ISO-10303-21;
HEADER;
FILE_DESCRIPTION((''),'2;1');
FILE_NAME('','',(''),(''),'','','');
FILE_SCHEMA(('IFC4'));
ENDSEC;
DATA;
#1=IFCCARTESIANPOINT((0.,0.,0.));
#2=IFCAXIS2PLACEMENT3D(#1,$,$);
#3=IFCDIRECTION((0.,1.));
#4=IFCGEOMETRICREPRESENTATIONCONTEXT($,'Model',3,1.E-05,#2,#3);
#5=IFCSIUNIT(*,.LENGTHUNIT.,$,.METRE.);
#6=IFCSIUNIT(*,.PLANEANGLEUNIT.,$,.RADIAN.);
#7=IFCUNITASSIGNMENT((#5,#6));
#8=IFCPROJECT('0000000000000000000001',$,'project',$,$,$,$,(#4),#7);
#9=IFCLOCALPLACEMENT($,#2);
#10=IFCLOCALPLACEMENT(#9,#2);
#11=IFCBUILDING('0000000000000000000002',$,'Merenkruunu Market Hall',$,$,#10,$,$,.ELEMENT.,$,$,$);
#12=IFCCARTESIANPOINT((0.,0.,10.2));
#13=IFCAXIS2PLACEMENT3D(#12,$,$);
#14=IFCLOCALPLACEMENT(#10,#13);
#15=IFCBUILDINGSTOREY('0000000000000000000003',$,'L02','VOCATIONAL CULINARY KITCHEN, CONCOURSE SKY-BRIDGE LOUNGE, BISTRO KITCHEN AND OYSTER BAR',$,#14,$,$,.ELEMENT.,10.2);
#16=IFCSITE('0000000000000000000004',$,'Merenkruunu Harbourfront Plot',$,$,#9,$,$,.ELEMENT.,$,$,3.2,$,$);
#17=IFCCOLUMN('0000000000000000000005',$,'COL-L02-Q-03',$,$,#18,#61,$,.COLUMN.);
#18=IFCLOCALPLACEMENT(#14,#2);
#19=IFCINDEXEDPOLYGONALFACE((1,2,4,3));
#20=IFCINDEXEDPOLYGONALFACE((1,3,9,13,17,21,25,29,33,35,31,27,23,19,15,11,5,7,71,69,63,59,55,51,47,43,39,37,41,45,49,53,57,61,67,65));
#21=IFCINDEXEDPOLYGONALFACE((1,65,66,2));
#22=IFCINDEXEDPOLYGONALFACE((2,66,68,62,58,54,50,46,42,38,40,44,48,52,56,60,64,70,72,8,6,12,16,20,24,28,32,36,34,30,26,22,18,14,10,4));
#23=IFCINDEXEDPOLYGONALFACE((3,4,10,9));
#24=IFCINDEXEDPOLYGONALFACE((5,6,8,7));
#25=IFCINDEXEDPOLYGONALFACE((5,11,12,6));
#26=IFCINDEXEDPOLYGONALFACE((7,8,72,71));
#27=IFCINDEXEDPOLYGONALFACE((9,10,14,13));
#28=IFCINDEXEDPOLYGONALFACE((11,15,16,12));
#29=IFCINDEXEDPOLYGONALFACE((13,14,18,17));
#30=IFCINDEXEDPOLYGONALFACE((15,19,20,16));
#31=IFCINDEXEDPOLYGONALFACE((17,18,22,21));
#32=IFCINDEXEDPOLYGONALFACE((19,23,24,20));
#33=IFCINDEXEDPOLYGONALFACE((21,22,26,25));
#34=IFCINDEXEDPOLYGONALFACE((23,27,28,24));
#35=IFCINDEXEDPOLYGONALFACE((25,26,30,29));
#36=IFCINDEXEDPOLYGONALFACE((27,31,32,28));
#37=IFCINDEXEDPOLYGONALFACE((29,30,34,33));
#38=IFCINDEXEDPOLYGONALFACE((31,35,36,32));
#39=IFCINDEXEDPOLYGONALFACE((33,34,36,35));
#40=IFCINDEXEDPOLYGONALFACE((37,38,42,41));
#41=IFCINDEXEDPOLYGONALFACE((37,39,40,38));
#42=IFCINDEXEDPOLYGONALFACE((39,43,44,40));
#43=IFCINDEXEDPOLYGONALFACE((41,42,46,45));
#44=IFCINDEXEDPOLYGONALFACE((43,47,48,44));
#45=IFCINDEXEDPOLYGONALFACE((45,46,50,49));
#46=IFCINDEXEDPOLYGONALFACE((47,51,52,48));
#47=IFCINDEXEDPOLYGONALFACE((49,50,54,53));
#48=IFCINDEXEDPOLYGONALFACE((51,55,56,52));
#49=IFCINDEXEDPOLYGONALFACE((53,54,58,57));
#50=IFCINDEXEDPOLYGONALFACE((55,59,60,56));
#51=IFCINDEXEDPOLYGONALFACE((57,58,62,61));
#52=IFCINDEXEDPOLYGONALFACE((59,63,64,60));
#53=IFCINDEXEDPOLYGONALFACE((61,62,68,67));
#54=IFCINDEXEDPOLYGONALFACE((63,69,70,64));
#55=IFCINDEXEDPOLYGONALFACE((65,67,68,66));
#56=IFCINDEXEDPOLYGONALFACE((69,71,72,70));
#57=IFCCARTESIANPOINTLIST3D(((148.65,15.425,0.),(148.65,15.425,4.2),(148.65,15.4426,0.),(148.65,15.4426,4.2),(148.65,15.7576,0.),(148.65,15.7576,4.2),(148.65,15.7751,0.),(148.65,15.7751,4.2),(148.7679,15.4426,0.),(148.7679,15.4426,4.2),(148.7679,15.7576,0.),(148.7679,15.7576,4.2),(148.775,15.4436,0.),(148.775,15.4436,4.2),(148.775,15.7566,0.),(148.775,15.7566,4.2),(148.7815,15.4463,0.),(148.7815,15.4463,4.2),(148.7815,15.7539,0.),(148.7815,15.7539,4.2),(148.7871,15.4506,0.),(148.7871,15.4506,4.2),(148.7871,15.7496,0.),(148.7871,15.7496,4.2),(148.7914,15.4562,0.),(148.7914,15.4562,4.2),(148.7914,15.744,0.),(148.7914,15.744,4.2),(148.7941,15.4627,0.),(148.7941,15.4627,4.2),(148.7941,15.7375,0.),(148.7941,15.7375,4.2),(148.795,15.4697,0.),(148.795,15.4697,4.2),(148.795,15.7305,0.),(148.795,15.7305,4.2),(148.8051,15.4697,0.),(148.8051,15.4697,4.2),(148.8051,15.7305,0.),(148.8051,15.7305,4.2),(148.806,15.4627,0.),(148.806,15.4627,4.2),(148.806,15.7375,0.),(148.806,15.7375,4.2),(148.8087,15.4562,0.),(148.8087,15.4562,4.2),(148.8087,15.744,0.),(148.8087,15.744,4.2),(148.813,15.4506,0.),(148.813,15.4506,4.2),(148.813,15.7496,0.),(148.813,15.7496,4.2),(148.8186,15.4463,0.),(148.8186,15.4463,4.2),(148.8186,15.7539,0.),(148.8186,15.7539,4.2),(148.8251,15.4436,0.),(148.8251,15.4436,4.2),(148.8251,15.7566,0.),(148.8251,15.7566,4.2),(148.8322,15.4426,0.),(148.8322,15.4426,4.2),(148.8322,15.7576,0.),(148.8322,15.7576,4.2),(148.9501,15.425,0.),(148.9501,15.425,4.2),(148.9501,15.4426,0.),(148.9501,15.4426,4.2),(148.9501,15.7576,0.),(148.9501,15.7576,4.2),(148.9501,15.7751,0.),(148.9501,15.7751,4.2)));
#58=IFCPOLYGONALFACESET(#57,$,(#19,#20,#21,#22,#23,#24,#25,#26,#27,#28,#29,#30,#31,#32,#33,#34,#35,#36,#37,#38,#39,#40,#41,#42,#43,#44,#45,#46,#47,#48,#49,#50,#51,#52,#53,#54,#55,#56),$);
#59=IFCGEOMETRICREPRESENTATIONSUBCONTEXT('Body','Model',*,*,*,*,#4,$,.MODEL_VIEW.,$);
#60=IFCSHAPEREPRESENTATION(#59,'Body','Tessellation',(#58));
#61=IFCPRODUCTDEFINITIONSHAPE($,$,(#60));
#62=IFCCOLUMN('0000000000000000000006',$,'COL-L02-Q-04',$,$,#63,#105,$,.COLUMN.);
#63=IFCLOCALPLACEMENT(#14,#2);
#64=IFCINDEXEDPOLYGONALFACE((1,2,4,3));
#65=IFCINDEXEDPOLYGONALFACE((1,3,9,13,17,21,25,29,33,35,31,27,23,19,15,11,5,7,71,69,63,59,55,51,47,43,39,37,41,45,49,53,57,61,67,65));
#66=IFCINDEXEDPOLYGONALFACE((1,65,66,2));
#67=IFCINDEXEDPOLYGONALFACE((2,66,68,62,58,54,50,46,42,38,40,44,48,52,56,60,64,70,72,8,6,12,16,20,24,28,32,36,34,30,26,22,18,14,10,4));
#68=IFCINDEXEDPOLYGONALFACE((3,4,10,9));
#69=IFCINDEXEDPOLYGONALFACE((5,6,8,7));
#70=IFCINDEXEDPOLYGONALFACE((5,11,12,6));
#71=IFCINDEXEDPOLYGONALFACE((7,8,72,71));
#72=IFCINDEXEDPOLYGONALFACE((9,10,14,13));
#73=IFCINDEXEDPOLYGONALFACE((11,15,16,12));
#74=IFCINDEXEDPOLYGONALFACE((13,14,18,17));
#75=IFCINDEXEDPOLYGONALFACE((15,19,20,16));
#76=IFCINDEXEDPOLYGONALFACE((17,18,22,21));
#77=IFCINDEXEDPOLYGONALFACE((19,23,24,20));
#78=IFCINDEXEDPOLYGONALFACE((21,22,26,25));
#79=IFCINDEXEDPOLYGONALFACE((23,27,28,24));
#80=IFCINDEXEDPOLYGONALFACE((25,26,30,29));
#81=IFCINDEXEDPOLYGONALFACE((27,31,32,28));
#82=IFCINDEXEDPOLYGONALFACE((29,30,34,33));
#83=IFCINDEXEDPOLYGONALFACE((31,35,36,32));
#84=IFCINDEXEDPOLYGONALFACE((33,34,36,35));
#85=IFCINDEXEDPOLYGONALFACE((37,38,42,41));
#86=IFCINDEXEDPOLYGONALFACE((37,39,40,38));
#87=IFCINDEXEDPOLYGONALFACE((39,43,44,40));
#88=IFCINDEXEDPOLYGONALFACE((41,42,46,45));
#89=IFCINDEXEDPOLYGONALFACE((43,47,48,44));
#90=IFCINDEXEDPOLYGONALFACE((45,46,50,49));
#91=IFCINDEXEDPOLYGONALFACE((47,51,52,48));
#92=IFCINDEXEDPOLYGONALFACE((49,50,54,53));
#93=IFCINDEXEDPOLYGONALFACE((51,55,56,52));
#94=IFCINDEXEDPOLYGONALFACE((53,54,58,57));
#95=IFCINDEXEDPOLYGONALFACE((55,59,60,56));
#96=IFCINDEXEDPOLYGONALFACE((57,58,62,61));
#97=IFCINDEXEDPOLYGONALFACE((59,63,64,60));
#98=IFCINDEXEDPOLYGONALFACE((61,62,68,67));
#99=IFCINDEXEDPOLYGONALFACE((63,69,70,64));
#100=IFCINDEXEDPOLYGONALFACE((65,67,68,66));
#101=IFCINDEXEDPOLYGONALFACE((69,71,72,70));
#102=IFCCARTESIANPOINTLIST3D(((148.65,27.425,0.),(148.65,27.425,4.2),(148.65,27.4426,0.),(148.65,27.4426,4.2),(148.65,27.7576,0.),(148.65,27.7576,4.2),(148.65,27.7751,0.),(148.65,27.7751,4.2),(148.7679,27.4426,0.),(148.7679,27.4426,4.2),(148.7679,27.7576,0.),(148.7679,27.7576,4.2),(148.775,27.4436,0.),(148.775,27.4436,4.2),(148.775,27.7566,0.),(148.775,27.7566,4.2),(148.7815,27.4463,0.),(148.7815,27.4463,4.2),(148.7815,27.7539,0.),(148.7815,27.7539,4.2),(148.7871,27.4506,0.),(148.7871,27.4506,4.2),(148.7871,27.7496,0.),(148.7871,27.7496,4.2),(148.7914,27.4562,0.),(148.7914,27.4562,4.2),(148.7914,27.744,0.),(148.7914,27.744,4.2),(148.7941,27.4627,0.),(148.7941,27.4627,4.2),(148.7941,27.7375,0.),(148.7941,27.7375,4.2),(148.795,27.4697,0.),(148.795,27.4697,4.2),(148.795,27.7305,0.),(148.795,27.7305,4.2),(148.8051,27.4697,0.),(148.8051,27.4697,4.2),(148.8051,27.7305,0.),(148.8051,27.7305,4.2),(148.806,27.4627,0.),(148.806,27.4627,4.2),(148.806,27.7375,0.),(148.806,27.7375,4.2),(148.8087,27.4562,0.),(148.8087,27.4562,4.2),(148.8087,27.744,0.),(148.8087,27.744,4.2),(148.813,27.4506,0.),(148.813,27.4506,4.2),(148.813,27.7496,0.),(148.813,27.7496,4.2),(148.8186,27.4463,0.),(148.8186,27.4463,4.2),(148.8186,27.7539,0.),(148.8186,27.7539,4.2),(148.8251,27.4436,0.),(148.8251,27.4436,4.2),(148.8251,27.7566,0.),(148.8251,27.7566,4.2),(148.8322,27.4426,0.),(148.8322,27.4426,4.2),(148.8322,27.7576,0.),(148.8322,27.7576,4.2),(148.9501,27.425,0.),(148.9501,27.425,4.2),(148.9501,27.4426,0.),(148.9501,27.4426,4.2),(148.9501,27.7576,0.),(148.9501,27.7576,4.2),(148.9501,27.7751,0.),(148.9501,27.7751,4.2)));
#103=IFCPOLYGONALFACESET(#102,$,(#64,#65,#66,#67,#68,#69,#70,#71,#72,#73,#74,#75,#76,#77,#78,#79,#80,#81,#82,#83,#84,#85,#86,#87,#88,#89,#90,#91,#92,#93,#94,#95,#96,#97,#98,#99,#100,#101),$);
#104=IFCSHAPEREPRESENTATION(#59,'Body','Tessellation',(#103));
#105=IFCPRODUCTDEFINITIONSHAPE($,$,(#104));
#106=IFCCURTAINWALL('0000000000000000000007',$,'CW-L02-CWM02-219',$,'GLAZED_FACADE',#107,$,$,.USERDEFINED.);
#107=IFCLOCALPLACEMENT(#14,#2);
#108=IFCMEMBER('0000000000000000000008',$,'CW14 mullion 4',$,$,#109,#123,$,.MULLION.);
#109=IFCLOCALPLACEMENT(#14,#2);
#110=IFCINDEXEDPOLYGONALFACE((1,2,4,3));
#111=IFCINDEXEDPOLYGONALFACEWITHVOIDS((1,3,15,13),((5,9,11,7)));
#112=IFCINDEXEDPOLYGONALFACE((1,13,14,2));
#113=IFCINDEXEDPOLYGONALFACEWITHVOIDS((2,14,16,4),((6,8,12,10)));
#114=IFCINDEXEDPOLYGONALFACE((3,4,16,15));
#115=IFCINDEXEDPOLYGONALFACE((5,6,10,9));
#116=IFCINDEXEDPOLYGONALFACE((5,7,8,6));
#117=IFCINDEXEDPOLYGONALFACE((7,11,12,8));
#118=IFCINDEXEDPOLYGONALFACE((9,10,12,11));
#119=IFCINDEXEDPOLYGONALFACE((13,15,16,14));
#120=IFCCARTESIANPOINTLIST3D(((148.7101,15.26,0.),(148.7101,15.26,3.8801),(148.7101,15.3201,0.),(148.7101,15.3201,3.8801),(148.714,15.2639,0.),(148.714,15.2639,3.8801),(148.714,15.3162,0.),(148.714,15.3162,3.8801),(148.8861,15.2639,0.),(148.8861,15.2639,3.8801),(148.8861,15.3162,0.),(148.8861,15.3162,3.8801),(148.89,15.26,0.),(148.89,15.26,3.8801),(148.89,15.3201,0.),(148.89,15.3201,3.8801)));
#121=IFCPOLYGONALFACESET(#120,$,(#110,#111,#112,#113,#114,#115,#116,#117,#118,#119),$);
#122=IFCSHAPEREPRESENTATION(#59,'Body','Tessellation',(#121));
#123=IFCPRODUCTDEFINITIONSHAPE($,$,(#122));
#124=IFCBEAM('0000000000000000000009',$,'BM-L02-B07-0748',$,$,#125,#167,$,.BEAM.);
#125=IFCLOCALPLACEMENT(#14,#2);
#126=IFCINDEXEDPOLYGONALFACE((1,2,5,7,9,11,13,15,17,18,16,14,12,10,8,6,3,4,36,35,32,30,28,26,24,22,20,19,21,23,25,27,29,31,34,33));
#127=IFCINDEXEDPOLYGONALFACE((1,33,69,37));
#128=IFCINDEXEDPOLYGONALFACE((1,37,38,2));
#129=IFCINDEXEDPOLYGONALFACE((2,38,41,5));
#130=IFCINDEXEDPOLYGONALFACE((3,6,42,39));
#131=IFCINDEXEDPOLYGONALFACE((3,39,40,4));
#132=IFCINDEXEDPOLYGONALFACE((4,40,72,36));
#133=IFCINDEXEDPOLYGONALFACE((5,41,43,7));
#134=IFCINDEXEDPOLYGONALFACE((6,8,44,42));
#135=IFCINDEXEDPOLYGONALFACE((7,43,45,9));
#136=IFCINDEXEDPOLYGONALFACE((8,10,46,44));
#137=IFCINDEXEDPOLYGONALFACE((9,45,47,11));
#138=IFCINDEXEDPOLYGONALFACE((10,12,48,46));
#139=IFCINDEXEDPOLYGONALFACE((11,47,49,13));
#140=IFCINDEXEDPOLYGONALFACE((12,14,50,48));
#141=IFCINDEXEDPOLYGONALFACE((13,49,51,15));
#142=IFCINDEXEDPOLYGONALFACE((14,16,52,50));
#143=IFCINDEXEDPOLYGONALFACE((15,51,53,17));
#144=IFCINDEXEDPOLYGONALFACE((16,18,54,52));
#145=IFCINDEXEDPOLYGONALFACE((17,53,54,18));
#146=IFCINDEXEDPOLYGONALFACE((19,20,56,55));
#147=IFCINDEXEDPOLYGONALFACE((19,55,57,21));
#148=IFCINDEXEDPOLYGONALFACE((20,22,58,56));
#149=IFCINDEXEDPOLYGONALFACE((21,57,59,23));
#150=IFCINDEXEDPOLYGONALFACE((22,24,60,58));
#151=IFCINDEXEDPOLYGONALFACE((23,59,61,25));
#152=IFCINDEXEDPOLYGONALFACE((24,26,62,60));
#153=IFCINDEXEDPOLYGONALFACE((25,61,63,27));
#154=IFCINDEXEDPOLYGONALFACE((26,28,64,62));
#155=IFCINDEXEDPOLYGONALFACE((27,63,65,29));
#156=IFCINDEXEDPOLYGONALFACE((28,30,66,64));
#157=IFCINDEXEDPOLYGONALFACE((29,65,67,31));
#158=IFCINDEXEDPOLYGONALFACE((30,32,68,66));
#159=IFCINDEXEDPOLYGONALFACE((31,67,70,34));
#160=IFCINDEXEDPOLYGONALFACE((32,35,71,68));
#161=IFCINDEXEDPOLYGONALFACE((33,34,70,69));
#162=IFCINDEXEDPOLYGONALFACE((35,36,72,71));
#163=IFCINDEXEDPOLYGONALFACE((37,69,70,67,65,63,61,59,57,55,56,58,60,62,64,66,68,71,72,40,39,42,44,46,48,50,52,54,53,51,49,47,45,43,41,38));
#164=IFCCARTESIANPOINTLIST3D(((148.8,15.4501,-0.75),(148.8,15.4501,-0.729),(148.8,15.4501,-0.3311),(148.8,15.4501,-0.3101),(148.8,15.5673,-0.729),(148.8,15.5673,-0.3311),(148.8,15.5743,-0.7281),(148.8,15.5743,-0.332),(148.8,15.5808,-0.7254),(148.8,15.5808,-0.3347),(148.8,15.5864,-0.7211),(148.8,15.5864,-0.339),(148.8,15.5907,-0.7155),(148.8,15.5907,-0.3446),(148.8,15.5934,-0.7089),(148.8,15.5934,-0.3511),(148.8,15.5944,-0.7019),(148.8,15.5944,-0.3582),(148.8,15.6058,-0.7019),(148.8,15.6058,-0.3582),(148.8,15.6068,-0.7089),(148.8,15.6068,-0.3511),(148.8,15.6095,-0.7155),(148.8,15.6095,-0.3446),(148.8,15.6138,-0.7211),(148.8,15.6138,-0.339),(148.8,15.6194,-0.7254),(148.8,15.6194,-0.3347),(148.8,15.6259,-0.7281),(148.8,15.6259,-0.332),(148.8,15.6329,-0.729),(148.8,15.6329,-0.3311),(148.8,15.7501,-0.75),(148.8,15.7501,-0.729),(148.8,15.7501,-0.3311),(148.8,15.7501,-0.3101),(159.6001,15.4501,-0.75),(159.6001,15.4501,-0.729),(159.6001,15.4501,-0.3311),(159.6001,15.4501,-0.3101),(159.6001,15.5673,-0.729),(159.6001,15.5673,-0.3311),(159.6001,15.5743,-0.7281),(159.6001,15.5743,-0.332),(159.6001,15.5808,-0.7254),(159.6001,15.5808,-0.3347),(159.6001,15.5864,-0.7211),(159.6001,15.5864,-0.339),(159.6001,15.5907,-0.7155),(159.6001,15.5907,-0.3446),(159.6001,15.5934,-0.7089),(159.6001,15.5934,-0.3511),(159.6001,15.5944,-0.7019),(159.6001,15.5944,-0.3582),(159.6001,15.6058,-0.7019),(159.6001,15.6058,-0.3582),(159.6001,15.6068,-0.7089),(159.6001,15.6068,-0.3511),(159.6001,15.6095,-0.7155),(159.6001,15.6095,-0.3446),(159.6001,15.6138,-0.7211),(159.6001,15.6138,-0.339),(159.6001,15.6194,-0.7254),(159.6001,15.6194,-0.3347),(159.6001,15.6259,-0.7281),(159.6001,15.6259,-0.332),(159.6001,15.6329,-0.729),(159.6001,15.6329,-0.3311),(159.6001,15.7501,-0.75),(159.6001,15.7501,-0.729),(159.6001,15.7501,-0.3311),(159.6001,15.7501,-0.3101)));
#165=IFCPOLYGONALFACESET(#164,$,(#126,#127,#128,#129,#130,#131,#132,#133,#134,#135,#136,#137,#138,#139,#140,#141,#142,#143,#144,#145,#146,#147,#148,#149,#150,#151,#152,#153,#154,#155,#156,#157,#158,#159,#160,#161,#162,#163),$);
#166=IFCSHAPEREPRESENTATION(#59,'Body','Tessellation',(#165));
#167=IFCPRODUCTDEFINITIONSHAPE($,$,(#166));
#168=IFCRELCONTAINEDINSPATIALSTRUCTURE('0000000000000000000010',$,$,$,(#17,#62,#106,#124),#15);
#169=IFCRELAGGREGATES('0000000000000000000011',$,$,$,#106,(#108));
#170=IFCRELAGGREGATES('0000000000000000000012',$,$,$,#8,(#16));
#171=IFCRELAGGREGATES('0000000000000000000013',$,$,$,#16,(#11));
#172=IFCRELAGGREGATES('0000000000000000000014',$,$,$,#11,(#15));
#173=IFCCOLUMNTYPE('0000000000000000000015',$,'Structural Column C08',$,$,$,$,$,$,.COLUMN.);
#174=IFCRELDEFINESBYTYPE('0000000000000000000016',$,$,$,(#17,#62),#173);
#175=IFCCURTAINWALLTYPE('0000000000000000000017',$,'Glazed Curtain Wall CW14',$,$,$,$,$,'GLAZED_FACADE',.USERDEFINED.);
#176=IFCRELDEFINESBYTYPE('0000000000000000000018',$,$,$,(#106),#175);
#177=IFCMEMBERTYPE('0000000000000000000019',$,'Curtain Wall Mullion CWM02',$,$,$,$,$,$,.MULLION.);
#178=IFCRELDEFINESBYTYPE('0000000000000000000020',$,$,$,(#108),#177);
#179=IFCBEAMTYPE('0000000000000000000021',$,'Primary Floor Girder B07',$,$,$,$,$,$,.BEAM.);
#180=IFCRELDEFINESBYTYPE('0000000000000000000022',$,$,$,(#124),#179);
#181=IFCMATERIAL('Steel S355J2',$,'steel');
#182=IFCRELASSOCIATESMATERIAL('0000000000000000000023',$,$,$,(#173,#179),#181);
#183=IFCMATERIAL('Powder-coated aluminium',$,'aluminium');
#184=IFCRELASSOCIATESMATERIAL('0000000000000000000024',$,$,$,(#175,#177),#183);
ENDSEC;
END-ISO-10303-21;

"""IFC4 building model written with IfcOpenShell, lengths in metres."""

from ifc_helpers import new_model, si_unit, direction, frame, origin, origin_2d, place, context, subcontext, project, spatial, hollow_rectangle, i_section, extrude, material, material_profile, profile_set, type_object, element, aggregate, save


model = new_model("IFC4")

# Units and contexts
model_context = context("Model", 3, precision=1e-05, world=origin(), true_north=direction((0.0, 1.0)))
body_context = subcontext(model_context, "Body", "Model", "MODEL_VIEW")
ifc_project = project(units=[si_unit("LENGTHUNIT", "METRE"), si_unit("PLANEANGLEUNIT", "RADIAN")], contexts=[model_context])

# Site, building, storey
site_placement = place(None, origin())
site = spatial("IfcSite", under=ifc_project, at=site_placement, Name="Merenkruunu Harbourfront Plot", CompositionType="ELEMENT", RefElevation=3.2)
building_placement = place(site_placement, origin())
building = spatial("IfcBuilding", under=site, at=building_placement, Name="Merenkruunu Market Hall", CompositionType="ELEMENT")
storey_placement = place(building_placement, frame((0.0, 0.0, 10.2)))
storey = spatial("IfcBuildingStorey", under=building, at=storey_placement, Name="L02", Description="VOCATIONAL CULINARY KITCHEN, CONCOURSE SKY-BRIDGE LOUNGE, BISTRO KITCHEN AND OYSTER BAR", CompositionType="ELEMENT", Elevation=10.2)

# Columns
ifc_material_1 = material(Name="Steel S355J2", Category="steel")
ifc_material_profile_1 = material_profile(ifc_material_1, i_section(OverallWidth=0.3, OverallDepth=0.3501, WebThickness=0.01, FlangeThickness=0.0176, FilletRadius=0.0271, at=origin_2d()), Name="HEA 360")
ifc_profile_set_1 = profile_set([ifc_material_profile_1], Name="Steel S355J2")
column_type = type_object("IfcColumnType", Name="Structural Column C08", PredefinedType="COLUMN", material=ifc_profile_set_1)
for number, where, z_axis, x_axis, name in (
    (1, (148.8, 15.6001, 0.0), (0.0, 0.0, 1.0), (1.0, 0.0, 0.0), "COL-L02-Q-03"),
    (2, (148.8, 27.6001, 0.0), (0.0, 0.0, 1.0), (1.0, 0.0, 0.0), "COL-L02-Q-04"),
):
    element("IfcColumn", number, at=place(storey_placement, frame(where, z_axis=z_axis, x_axis=x_axis)), inside=storey, type_object=column_type, Name=name, PredefinedType="COLUMN", context=body_context, shape_type="SweptSolid", body=[
        extrude(i_section(OverallWidth=0.3, OverallDepth=0.3501, WebThickness=0.01, FlangeThickness=0.0176, FilletRadius=0.0271, at=origin_2d()), origin(), (0.0, 0.0, 1.0), 4.2),
    ])

# Curtain wall, member
ifc_material_2 = material(Name="Powder-coated aluminium", Category="aluminium")
curtain_wall_type = type_object("IfcCurtainWallType", Name="Glazed Curtain Wall CW14", ElementType="GLAZED_FACADE", PredefinedType="USERDEFINED", material=ifc_material_2)
curtain_wall_placement = place(storey_placement, origin())
curtain_wall = element("IfcCurtainWall", 3, at=curtain_wall_placement, inside=storey, type_object=curtain_wall_type, Name="CW-L02-CWM02-219", ObjectType="GLAZED_FACADE", PredefinedType="USERDEFINED")
ifc_material_profile_2 = material_profile(ifc_material_2, hollow_rectangle(XDim=0.0601, YDim=0.1799, WallThickness=0.0039, at=origin_2d()), Name="ALU 60x180x4")
ifc_profile_set_2 = profile_set([ifc_material_profile_2], Name="Powder-coated aluminium")
member_type_1 = type_object("IfcMemberType", Name="Curtain Wall Mullion CWM02", PredefinedType="MULLION", material=ifc_profile_set_2)
member_placement = place(storey_placement, frame((148.8, 15.29, 0.0), z_axis=(0.0, 0.0, 1.0), x_axis=(0.0, 1.0, 0.0)))
member = element("IfcMember", 4, at=member_placement, type_object=member_type_1, Name="CW14 mullion 4", PredefinedType="MULLION", context=body_context, shape_type="SweptSolid", body=[
    extrude(hollow_rectangle(XDim=0.0601, YDim=0.1799, WallThickness=0.0039, at=origin_2d()), origin(), (0.0, 0.0, 1.0), 3.8801),
])
aggregate(curtain_wall, [member])

# Beam
ifc_material_profile_3 = material_profile(ifc_material_1, i_section(OverallWidth=0.3, OverallDepth=0.4399, WebThickness=0.0115, FlangeThickness=0.021, FilletRadius=0.0271, at=origin_2d()), Name="HEA 450")
ifc_profile_set_3 = profile_set([ifc_material_profile_3], Name="Steel S355J2")
beam_type_1 = type_object("IfcBeamType", Name="Primary Floor Girder B07", PredefinedType="BEAM", material=ifc_profile_set_3)
for number, where, z_axis, x_axis, name in (
    (5, (148.8, 15.6001, -0.53), (1.0, 0.0, 0.0), (0.0, 1.0, 0.0), "BM-L02-B07-0748"),
):
    element("IfcBeam", number, at=place(storey_placement, frame(where, z_axis=z_axis, x_axis=x_axis)), inside=storey, type_object=beam_type_1, Name=name, PredefinedType="BEAM", context=body_context, shape_type="SweptSolid", body=[
        extrude(i_section(OverallWidth=0.3, OverallDepth=0.4399, WebThickness=0.0115, FlangeThickness=0.021, FilletRadius=0.0271, at=origin_2d()), origin(), (0.0, 0.0, 1.0), 10.8),
    ])

save(model, "model.ifc")
